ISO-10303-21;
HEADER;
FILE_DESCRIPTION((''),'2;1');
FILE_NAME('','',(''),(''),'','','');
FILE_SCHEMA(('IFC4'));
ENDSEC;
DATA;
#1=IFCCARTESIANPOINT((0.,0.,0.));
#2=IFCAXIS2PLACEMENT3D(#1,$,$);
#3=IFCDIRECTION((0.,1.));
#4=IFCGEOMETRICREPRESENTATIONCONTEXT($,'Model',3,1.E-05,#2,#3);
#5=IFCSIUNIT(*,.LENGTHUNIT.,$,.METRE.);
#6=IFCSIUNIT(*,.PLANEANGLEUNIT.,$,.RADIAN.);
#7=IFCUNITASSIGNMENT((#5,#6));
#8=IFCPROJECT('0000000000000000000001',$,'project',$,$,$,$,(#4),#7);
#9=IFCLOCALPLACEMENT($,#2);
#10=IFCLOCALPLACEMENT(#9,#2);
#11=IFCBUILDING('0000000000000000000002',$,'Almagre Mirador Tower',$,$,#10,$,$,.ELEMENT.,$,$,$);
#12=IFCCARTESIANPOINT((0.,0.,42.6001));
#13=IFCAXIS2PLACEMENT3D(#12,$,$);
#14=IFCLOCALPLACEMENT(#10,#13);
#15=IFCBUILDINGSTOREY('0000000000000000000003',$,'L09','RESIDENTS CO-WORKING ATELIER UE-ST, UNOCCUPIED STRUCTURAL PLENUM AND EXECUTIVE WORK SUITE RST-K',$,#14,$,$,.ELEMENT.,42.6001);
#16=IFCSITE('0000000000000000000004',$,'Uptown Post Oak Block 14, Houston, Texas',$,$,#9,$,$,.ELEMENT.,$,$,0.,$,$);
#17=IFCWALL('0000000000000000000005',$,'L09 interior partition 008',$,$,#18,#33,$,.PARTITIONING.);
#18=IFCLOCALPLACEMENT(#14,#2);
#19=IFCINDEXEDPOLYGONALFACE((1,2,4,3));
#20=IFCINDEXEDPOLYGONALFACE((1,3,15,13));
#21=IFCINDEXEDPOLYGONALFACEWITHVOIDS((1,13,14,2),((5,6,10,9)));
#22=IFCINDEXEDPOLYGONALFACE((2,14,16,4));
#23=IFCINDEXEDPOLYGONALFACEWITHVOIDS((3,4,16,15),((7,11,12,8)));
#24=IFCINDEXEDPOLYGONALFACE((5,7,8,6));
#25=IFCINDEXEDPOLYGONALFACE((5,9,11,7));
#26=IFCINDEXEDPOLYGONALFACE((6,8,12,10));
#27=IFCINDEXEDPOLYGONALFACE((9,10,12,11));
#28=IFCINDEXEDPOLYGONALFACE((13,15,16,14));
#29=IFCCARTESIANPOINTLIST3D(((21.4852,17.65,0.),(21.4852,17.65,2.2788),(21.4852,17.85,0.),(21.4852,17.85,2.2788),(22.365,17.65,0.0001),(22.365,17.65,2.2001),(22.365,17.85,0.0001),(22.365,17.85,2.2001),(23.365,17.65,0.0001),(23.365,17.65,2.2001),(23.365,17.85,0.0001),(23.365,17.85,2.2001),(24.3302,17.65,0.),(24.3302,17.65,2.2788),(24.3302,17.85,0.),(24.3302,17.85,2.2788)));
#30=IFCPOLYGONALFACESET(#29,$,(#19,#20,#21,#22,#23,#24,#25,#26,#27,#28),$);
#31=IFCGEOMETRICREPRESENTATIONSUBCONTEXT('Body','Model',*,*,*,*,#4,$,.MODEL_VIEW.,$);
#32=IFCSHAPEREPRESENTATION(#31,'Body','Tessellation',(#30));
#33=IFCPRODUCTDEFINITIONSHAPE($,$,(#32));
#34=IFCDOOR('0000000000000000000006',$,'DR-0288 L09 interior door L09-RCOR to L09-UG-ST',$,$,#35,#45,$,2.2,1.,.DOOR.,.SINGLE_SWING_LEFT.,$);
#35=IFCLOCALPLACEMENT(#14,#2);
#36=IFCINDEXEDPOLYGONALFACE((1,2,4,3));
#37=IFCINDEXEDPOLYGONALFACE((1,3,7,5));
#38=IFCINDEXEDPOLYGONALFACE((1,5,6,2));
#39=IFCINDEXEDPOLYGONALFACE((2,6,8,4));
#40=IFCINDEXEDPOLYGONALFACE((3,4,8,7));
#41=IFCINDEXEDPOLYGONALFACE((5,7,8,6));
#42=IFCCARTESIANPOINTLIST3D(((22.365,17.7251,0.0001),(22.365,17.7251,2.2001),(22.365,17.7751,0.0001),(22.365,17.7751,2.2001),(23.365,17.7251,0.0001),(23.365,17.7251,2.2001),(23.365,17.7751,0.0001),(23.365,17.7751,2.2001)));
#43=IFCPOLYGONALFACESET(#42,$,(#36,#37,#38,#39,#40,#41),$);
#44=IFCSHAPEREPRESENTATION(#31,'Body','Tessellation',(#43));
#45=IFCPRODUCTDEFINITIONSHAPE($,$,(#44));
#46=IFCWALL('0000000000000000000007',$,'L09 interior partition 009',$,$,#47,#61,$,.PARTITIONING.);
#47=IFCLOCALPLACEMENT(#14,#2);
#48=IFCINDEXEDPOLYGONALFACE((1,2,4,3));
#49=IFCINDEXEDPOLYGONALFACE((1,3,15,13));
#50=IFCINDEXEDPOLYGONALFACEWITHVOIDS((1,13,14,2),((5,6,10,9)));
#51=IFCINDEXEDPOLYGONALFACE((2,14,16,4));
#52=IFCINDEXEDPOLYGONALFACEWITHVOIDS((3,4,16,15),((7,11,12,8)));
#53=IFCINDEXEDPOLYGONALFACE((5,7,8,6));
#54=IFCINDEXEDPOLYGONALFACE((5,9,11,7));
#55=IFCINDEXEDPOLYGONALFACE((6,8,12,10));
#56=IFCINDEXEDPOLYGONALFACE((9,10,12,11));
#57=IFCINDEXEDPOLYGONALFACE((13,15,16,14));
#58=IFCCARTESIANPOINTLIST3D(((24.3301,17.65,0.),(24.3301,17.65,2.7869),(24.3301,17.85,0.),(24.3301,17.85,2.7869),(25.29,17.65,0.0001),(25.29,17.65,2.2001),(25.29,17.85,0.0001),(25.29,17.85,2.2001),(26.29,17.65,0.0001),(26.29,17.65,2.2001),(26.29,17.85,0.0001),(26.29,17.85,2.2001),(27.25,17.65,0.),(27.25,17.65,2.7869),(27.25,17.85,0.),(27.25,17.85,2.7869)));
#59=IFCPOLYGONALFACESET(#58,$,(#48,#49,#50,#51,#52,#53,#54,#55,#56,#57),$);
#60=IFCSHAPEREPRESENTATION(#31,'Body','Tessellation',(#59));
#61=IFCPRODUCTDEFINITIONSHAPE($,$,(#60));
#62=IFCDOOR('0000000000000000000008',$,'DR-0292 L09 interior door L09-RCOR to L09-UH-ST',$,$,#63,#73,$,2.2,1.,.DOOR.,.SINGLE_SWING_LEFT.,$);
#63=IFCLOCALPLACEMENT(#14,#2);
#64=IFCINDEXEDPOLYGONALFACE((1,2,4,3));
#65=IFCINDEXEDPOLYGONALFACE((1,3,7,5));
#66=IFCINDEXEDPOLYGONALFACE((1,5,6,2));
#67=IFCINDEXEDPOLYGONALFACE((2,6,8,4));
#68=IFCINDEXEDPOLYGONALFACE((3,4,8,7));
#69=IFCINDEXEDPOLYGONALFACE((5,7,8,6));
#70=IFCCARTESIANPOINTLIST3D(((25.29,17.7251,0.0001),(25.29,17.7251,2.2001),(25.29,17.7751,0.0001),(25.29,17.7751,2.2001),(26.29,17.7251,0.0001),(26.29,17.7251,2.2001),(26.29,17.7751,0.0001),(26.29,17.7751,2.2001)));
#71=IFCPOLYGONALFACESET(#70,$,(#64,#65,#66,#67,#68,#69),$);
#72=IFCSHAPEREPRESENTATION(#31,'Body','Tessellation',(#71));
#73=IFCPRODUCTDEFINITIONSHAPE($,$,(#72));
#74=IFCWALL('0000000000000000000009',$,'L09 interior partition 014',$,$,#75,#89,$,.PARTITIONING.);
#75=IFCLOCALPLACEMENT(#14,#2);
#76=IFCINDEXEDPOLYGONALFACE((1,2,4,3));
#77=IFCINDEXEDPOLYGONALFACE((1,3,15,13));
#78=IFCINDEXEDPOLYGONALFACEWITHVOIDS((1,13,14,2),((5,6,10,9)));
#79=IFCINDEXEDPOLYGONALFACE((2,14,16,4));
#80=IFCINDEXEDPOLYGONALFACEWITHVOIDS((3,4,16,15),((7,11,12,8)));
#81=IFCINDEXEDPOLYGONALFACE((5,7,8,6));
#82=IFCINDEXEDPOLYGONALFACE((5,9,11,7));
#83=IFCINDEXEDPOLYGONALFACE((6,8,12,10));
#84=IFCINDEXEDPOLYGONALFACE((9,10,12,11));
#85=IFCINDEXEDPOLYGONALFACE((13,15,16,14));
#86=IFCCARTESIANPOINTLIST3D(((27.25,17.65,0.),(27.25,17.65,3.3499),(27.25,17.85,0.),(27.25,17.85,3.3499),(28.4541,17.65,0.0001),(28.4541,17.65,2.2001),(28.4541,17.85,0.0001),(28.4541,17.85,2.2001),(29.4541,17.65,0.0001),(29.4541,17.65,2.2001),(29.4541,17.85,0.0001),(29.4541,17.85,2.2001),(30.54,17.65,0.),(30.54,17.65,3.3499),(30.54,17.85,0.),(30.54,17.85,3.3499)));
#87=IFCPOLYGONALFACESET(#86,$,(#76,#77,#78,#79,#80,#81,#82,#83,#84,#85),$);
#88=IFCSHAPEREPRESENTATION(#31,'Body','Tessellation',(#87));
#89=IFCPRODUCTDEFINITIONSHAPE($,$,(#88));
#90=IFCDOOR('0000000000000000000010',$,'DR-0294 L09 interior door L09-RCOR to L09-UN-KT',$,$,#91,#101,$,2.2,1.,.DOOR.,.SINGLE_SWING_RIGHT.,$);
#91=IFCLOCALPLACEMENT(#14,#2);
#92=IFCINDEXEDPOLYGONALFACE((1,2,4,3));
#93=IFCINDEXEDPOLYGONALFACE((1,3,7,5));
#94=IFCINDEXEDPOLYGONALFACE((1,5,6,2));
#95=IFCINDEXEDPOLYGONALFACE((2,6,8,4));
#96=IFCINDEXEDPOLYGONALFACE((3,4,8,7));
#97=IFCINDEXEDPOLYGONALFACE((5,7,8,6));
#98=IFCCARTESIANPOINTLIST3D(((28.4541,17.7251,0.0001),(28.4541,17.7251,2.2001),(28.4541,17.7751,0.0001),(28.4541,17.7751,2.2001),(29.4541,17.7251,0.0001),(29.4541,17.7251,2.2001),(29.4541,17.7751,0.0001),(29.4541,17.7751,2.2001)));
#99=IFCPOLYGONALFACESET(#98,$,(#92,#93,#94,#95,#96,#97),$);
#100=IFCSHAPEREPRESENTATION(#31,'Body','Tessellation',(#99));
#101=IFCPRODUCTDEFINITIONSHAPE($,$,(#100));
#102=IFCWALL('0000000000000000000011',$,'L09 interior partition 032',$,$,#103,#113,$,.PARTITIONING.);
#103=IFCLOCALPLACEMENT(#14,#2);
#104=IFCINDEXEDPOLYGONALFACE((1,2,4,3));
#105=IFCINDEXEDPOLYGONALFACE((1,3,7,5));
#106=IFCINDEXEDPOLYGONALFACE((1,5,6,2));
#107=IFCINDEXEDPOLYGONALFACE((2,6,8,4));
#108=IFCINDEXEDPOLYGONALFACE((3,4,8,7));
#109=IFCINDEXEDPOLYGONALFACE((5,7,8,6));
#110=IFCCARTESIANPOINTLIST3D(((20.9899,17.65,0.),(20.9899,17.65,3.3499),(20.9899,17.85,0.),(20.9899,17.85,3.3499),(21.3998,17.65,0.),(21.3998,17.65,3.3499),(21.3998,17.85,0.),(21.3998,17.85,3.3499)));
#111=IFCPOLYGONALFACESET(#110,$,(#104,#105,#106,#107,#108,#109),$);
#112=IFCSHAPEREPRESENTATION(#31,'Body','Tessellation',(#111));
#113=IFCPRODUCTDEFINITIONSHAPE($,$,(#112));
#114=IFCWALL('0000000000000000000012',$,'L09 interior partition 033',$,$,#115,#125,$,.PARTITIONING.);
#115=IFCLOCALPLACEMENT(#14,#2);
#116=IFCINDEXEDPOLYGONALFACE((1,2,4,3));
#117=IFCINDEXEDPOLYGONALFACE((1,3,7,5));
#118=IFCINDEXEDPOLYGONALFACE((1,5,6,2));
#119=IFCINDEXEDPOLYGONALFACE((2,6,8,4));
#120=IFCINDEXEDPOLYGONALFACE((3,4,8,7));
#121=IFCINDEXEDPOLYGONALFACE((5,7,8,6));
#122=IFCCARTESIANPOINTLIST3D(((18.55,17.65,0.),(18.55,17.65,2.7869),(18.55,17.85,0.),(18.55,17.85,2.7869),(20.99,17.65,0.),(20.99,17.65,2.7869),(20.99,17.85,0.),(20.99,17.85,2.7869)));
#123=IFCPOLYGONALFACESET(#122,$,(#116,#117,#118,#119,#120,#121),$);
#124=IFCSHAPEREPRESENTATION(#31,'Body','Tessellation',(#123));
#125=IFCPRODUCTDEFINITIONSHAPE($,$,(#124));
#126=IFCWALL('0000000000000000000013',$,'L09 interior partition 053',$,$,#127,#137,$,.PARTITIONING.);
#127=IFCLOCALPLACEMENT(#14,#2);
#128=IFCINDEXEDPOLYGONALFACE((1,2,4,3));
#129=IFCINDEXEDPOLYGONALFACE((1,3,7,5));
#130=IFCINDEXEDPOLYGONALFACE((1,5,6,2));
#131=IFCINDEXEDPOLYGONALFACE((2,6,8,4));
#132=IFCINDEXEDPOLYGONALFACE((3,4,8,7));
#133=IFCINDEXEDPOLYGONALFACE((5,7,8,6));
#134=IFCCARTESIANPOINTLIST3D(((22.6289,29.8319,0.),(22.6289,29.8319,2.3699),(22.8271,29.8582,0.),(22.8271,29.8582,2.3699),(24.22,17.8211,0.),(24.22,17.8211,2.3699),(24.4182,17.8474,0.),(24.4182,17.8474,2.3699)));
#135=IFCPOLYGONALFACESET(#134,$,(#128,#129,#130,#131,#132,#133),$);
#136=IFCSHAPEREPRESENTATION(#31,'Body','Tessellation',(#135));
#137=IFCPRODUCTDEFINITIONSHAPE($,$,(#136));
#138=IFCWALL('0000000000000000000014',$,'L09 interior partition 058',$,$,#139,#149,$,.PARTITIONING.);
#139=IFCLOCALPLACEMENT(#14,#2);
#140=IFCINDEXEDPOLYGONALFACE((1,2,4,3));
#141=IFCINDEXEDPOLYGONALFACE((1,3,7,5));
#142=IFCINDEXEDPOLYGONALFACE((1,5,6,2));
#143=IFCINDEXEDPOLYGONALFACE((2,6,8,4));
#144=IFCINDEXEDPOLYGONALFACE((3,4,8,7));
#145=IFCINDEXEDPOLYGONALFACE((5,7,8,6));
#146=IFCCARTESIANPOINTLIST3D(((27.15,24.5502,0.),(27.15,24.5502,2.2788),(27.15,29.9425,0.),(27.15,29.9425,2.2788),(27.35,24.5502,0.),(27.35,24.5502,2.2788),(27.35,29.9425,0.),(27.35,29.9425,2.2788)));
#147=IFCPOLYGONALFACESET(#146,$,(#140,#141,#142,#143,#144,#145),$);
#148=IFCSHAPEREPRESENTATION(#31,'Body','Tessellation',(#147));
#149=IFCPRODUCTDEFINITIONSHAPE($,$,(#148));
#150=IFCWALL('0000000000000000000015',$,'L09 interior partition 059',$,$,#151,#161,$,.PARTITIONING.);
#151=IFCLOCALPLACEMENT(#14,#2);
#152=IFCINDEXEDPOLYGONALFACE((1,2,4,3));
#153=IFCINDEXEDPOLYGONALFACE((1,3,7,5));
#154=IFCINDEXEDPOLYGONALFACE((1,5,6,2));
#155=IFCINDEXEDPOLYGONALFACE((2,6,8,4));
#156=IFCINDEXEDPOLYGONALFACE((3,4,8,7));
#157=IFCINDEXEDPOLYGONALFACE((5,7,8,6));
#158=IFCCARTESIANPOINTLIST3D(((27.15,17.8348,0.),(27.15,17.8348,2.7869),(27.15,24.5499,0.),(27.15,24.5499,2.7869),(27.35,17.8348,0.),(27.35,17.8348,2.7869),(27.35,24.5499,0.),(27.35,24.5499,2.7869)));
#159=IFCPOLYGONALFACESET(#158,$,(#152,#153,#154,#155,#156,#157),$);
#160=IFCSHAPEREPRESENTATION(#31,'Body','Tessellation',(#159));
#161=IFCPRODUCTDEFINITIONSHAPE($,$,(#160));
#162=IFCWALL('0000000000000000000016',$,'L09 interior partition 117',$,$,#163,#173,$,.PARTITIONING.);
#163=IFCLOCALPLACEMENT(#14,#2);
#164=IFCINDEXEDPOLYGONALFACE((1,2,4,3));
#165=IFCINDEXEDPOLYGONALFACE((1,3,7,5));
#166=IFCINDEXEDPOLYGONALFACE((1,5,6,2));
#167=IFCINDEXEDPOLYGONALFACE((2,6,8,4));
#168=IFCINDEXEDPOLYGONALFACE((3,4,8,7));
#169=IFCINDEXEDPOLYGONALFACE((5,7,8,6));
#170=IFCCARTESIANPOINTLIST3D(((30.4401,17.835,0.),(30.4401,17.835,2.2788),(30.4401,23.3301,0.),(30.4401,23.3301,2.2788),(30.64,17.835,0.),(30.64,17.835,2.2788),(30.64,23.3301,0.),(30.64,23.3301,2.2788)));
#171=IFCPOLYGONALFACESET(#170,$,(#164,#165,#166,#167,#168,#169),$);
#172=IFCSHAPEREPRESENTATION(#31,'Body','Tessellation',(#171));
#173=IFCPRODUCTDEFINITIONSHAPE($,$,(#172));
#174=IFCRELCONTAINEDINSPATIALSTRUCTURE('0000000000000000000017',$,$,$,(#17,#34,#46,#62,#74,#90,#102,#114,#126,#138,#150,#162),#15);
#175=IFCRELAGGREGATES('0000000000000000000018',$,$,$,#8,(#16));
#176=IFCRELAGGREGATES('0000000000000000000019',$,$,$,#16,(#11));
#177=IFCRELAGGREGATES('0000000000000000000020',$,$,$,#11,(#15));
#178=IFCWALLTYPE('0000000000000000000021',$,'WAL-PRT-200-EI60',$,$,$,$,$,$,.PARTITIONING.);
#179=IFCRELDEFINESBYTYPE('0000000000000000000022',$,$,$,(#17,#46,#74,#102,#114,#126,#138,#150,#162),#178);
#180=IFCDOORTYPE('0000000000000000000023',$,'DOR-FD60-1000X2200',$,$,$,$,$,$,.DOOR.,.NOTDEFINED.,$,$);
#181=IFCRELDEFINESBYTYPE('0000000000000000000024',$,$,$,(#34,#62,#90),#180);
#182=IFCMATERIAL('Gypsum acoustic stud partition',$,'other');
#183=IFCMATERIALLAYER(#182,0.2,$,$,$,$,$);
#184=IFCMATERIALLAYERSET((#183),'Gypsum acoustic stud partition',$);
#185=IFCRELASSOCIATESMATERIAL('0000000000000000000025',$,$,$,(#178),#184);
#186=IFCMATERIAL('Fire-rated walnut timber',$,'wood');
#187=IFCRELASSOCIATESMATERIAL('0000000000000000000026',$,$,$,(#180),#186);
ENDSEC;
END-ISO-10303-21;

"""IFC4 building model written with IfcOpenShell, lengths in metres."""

from ifc_helpers import new_model, si_unit, direction, frame, frame_2d, origin, place, context, subcontext, project, spatial, rectangle, extrude, material, layer, layer_set, type_object, element, fill, save


model = new_model("IFC4")

# Units and contexts
model_context = context("Model", 3, precision=1e-05, world=origin(), true_north=direction((0.0, 1.0)))
body_context = subcontext(model_context, "Body", "Model", "MODEL_VIEW")
ifc_project = project(units=[si_unit("LENGTHUNIT", "METRE"), si_unit("PLANEANGLEUNIT", "RADIAN")], contexts=[model_context])

# Site, building, storey
site_placement = place(None, origin())
site = spatial("IfcSite", under=ifc_project, at=site_placement, Name="Uptown Post Oak Block 14, Houston, Texas", CompositionType="ELEMENT", RefElevation=0.0)
building_placement = place(site_placement, origin())
building = spatial("IfcBuilding", under=site, at=building_placement, Name="Almagre Mirador Tower", CompositionType="ELEMENT")
storey_placement = place(building_placement, frame((0.0, 0.0, 42.6001)))
storey = spatial("IfcBuildingStorey", under=building, at=storey_placement, Name="L09", Description="RESIDENTS CO-WORKING ATELIER UE-ST, UNOCCUPIED STRUCTURAL PLENUM AND EXECUTIVE WORK SUITE RST-K", CompositionType="ELEMENT", Elevation=42.6001)

# Shared definitions
ifc_material_1 = material(Name="Gypsum acoustic stud partition", Category="other")
ifc_layer_1 = layer(ifc_material_1, 0.2)
ifc_layer_set_1 = layer_set([ifc_layer_1], Name="Gypsum acoustic stud partition")
wall_type_1 = type_object("IfcWallType", Name="WAL-PRT-200-EI60", PredefinedType="PARTITIONING", material=ifc_layer_set_1)

# Walls, openings, doors
wall_1_placement = place(storey_placement, frame((24.3301, 17.75, 0.0), z_axis=(0.0, 0.0, 1.0), x_axis=(-1.0, 0.0, 0.0)))
wall_1 = element("IfcWall", 1, at=wall_1_placement, inside=storey, type_object=wall_type_1, Name="L09 interior partition 008", PredefinedType="PARTITIONING", context=body_context, shape_type="SweptSolid", body=[
    extrude(rectangle(XDim=2.845, YDim=0.2, at=frame_2d((1.4224, 0.0))), origin(), (0.0, 0.0, 1.0), 2.2788),
])
opening_1_placement = place(wall_1_placement, frame((0.9651, 0.0, 0.0)))
opening_1 = element("IfcOpeningElement", 2, at=opening_1_placement, cuts=wall_1, PredefinedType="OPENING", context=body_context, shape_type="SweptSolid", body=[
    extrude(rectangle(XDim=1.0, YDim=2.2, at=frame_2d((0.5, 1.1001))), frame((0.0, 0.1101, 0.0), z_axis=(0.0, -1.0, 0.0), x_axis=(1.0, 0.0, 0.0)), (0.0, 0.0, 1.0), 0.22),
])
ifc_material_2 = material(Name="Fire-rated walnut timber", Category="wood")
door_type_1 = type_object("IfcDoorType", Name="DOR-FD60-1000X2200", OperationType="NOTDEFINED", PredefinedType="DOOR", material=ifc_material_2)
door_1_placement = place(opening_1_placement, origin())
door_1 = element("IfcDoor", 3, at=door_1_placement, inside=storey, type_object=door_type_1, Name="DR-0288 L09 interior door L09-RCOR to L09-UG-ST", OperationType="SINGLE_SWING_LEFT", OverallHeight=2.2, OverallWidth=1.0, PredefinedType="DOOR", context=body_context, shape_type="SweptSolid", body=[
    extrude(rectangle(XDim=1.0, YDim=2.2, at=frame_2d((0.5, 1.1001))), frame((0.0, 0.0249, 0.0), z_axis=(0.0, -1.0, 0.0), x_axis=(1.0, 0.0, 0.0)), (0.0, 0.0, 1.0), 0.05),
])
fill(opening_1, door_1)
wall_2_placement = place(storey_placement, frame((27.25, 17.75, 0.0), z_axis=(0.0, 0.0, 1.0), x_axis=(-1.0, 0.0, 0.0)))
wall_2 = element("IfcWall", 4, at=wall_2_placement, inside=storey, type_object=wall_type_1, Name="L09 interior partition 009", PredefinedType="PARTITIONING", context=body_context, shape_type="SweptSolid", body=[
    extrude(rectangle(XDim=2.9199, YDim=0.2, at=frame_2d((1.46, 0.0))), origin(), (0.0, 0.0, 1.0), 2.7869),
])
opening_2_placement = place(wall_2_placement, frame((0.96, 0.0, 0.0)))
opening_2 = element("IfcOpeningElement", 5, at=opening_2_placement, cuts=wall_2, PredefinedType="OPENING", context=body_context, shape_type="SweptSolid", body=[
    extrude(rectangle(XDim=1.0, YDim=2.2, at=frame_2d((0.5, 1.1001))), frame((0.0, 0.1101, 0.0), z_axis=(0.0, -1.0, 0.0), x_axis=(1.0, 0.0, 0.0)), (0.0, 0.0, 1.0), 0.22),
])
door_2_placement = place(opening_2_placement, origin())
door_2 = element("IfcDoor", 6, at=door_2_placement, inside=storey, type_object=door_type_1, Name="DR-0292 L09 interior door L09-RCOR to L09-UH-ST", OperationType="SINGLE_SWING_LEFT", OverallHeight=2.2, OverallWidth=1.0, PredefinedType="DOOR", context=body_context, shape_type="SweptSolid", body=[
    extrude(rectangle(XDim=1.0, YDim=2.2, at=frame_2d((0.5, 1.1001))), frame((0.0, 0.0249, 0.0), z_axis=(0.0, -1.0, 0.0), x_axis=(1.0, 0.0, 0.0)), (0.0, 0.0, 1.0), 0.05),
])
fill(opening_2, door_2)
wall_3_placement = place(storey_placement, frame((30.54, 17.75, 0.0), z_axis=(0.0, 0.0, 1.0), x_axis=(-1.0, 0.0, 0.0)))
wall_3 = element("IfcWall", 7, at=wall_3_placement, inside=storey, type_object=wall_type_1, Name="L09 interior partition 014", PredefinedType="PARTITIONING", context=body_context, shape_type="SweptSolid", body=[
    extrude(rectangle(XDim=3.29, YDim=0.2, at=frame_2d((1.645, 0.0))), origin(), (0.0, 0.0, 1.0), 3.3499),
])
opening_3_placement = place(wall_3_placement, frame((1.0859, 0.0, 0.0)))
opening_3 = element("IfcOpeningElement", 8, at=opening_3_placement, cuts=wall_3, PredefinedType="OPENING", context=body_context, shape_type="SweptSolid", body=[
    extrude(rectangle(XDim=1.0, YDim=2.2, at=frame_2d((0.5, 1.1001))), frame((0.0, 0.1101, 0.0), z_axis=(0.0, -1.0, 0.0), x_axis=(1.0, 0.0, 0.0)), (0.0, 0.0, 1.0), 0.22),
])
door_3_placement = place(opening_3_placement, origin())
door_3 = element("IfcDoor", 9, at=door_3_placement, inside=storey, type_object=door_type_1, Name="DR-0294 L09 interior door L09-RCOR to L09-UN-KT", OperationType="SINGLE_SWING_RIGHT", OverallHeight=2.2, OverallWidth=1.0, PredefinedType="DOOR", context=body_context, shape_type="SweptSolid", body=[
    extrude(rectangle(XDim=1.0, YDim=2.2, at=frame_2d((0.5, 1.1001))), frame((0.0, 0.0249, 0.0), z_axis=(0.0, -1.0, 0.0), x_axis=(1.0, 0.0, 0.0)), (0.0, 0.0, 1.0), 0.05),
])
fill(opening_3, door_3)

# Walls
wall_4_placement = place(storey_placement, frame((21.3999, 17.75, 0.0), z_axis=(0.0, 0.0, 1.0), x_axis=(-1.0, 0.0, 0.0)))
element("IfcWall", 10, at=wall_4_placement, inside=storey, type_object=wall_type_1, Name="L09 interior partition 032", PredefinedType="PARTITIONING", context=body_context, shape_type="SweptSolid", body=[
    extrude(rectangle(XDim=0.4099, YDim=0.2, at=frame_2d((0.2051, 0.0))), origin(), (0.0, 0.0, 1.0), 3.3499),
])
wall_5_placement = place(storey_placement, frame((20.99, 17.75, 0.0), z_axis=(0.0, 0.0, 1.0), x_axis=(-1.0, 0.0, 0.0)))
element("IfcWall", 11, at=wall_5_placement, inside=storey, type_object=wall_type_1, Name="L09 interior partition 033", PredefinedType="PARTITIONING", context=body_context, shape_type="SweptSolid", body=[
    extrude(rectangle(XDim=2.4399, YDim=0.2, at=frame_2d((1.22, 0.0))), origin(), (0.0, 0.0, 1.0), 2.7869),
])
wall_6_placement = place(storey_placement, frame((24.3191, 17.8342, 0.0), z_axis=(0.0, 0.0, 1.0), x_axis=(-0.131323, 0.99134, 0.0)))
element("IfcWall", 12, at=wall_6_placement, inside=storey, type_object=wall_type_1, Name="L09 interior partition 053", PredefinedType="PARTITIONING", context=body_context, shape_type="SweptSolid", body=[
    extrude(rectangle(XDim=12.1157, YDim=0.2, at=frame_2d((6.0579, 0.0))), origin(), (0.0, 0.0, 1.0), 2.3699),
])
wall_7_placement = place(storey_placement, frame((27.25, 24.55, 0.0), z_axis=(0.0, 0.0, 1.0), x_axis=(0.0, 1.0, 0.0)))
element("IfcWall", 13, at=wall_7_placement, inside=storey, type_object=wall_type_1, Name="L09 interior partition 058", PredefinedType="PARTITIONING", context=body_context, shape_type="SweptSolid", body=[
    extrude(rectangle(XDim=5.3923, YDim=0.2, at=frame_2d((2.6963, 0.0))), origin(), (0.0, 0.0, 1.0), 2.2788),
])
wall_8_placement = place(storey_placement, frame((27.25, 17.835, 0.0), z_axis=(0.0, 0.0, 1.0), x_axis=(0.0, 1.0, 0.0)))
element("IfcWall", 14, at=wall_8_placement, inside=storey, type_object=wall_type_1, Name="L09 interior partition 059", PredefinedType="PARTITIONING", context=body_context, shape_type="SweptSolid", body=[
    extrude(rectangle(XDim=6.7151, YDim=0.2, at=frame_2d((3.3574, 0.0))), origin(), (0.0, 0.0, 1.0), 2.7869),
])
wall_9_placement = place(storey_placement, frame((30.54, 23.3301, 0.0), z_axis=(0.0, 0.0, 1.0), x_axis=(0.0, -1.0, 0.0)))
element("IfcWall", 15, at=wall_9_placement, inside=storey, type_object=wall_type_1, Name="L09 interior partition 117", PredefinedType="PARTITIONING", context=body_context, shape_type="SweptSolid", body=[
    extrude(rectangle(XDim=5.4951, YDim=0.2, at=frame_2d((2.7476, 0.0))), origin(), (0.0, 0.0, 1.0), 2.2788),
])

save(model, "model.ifc")
